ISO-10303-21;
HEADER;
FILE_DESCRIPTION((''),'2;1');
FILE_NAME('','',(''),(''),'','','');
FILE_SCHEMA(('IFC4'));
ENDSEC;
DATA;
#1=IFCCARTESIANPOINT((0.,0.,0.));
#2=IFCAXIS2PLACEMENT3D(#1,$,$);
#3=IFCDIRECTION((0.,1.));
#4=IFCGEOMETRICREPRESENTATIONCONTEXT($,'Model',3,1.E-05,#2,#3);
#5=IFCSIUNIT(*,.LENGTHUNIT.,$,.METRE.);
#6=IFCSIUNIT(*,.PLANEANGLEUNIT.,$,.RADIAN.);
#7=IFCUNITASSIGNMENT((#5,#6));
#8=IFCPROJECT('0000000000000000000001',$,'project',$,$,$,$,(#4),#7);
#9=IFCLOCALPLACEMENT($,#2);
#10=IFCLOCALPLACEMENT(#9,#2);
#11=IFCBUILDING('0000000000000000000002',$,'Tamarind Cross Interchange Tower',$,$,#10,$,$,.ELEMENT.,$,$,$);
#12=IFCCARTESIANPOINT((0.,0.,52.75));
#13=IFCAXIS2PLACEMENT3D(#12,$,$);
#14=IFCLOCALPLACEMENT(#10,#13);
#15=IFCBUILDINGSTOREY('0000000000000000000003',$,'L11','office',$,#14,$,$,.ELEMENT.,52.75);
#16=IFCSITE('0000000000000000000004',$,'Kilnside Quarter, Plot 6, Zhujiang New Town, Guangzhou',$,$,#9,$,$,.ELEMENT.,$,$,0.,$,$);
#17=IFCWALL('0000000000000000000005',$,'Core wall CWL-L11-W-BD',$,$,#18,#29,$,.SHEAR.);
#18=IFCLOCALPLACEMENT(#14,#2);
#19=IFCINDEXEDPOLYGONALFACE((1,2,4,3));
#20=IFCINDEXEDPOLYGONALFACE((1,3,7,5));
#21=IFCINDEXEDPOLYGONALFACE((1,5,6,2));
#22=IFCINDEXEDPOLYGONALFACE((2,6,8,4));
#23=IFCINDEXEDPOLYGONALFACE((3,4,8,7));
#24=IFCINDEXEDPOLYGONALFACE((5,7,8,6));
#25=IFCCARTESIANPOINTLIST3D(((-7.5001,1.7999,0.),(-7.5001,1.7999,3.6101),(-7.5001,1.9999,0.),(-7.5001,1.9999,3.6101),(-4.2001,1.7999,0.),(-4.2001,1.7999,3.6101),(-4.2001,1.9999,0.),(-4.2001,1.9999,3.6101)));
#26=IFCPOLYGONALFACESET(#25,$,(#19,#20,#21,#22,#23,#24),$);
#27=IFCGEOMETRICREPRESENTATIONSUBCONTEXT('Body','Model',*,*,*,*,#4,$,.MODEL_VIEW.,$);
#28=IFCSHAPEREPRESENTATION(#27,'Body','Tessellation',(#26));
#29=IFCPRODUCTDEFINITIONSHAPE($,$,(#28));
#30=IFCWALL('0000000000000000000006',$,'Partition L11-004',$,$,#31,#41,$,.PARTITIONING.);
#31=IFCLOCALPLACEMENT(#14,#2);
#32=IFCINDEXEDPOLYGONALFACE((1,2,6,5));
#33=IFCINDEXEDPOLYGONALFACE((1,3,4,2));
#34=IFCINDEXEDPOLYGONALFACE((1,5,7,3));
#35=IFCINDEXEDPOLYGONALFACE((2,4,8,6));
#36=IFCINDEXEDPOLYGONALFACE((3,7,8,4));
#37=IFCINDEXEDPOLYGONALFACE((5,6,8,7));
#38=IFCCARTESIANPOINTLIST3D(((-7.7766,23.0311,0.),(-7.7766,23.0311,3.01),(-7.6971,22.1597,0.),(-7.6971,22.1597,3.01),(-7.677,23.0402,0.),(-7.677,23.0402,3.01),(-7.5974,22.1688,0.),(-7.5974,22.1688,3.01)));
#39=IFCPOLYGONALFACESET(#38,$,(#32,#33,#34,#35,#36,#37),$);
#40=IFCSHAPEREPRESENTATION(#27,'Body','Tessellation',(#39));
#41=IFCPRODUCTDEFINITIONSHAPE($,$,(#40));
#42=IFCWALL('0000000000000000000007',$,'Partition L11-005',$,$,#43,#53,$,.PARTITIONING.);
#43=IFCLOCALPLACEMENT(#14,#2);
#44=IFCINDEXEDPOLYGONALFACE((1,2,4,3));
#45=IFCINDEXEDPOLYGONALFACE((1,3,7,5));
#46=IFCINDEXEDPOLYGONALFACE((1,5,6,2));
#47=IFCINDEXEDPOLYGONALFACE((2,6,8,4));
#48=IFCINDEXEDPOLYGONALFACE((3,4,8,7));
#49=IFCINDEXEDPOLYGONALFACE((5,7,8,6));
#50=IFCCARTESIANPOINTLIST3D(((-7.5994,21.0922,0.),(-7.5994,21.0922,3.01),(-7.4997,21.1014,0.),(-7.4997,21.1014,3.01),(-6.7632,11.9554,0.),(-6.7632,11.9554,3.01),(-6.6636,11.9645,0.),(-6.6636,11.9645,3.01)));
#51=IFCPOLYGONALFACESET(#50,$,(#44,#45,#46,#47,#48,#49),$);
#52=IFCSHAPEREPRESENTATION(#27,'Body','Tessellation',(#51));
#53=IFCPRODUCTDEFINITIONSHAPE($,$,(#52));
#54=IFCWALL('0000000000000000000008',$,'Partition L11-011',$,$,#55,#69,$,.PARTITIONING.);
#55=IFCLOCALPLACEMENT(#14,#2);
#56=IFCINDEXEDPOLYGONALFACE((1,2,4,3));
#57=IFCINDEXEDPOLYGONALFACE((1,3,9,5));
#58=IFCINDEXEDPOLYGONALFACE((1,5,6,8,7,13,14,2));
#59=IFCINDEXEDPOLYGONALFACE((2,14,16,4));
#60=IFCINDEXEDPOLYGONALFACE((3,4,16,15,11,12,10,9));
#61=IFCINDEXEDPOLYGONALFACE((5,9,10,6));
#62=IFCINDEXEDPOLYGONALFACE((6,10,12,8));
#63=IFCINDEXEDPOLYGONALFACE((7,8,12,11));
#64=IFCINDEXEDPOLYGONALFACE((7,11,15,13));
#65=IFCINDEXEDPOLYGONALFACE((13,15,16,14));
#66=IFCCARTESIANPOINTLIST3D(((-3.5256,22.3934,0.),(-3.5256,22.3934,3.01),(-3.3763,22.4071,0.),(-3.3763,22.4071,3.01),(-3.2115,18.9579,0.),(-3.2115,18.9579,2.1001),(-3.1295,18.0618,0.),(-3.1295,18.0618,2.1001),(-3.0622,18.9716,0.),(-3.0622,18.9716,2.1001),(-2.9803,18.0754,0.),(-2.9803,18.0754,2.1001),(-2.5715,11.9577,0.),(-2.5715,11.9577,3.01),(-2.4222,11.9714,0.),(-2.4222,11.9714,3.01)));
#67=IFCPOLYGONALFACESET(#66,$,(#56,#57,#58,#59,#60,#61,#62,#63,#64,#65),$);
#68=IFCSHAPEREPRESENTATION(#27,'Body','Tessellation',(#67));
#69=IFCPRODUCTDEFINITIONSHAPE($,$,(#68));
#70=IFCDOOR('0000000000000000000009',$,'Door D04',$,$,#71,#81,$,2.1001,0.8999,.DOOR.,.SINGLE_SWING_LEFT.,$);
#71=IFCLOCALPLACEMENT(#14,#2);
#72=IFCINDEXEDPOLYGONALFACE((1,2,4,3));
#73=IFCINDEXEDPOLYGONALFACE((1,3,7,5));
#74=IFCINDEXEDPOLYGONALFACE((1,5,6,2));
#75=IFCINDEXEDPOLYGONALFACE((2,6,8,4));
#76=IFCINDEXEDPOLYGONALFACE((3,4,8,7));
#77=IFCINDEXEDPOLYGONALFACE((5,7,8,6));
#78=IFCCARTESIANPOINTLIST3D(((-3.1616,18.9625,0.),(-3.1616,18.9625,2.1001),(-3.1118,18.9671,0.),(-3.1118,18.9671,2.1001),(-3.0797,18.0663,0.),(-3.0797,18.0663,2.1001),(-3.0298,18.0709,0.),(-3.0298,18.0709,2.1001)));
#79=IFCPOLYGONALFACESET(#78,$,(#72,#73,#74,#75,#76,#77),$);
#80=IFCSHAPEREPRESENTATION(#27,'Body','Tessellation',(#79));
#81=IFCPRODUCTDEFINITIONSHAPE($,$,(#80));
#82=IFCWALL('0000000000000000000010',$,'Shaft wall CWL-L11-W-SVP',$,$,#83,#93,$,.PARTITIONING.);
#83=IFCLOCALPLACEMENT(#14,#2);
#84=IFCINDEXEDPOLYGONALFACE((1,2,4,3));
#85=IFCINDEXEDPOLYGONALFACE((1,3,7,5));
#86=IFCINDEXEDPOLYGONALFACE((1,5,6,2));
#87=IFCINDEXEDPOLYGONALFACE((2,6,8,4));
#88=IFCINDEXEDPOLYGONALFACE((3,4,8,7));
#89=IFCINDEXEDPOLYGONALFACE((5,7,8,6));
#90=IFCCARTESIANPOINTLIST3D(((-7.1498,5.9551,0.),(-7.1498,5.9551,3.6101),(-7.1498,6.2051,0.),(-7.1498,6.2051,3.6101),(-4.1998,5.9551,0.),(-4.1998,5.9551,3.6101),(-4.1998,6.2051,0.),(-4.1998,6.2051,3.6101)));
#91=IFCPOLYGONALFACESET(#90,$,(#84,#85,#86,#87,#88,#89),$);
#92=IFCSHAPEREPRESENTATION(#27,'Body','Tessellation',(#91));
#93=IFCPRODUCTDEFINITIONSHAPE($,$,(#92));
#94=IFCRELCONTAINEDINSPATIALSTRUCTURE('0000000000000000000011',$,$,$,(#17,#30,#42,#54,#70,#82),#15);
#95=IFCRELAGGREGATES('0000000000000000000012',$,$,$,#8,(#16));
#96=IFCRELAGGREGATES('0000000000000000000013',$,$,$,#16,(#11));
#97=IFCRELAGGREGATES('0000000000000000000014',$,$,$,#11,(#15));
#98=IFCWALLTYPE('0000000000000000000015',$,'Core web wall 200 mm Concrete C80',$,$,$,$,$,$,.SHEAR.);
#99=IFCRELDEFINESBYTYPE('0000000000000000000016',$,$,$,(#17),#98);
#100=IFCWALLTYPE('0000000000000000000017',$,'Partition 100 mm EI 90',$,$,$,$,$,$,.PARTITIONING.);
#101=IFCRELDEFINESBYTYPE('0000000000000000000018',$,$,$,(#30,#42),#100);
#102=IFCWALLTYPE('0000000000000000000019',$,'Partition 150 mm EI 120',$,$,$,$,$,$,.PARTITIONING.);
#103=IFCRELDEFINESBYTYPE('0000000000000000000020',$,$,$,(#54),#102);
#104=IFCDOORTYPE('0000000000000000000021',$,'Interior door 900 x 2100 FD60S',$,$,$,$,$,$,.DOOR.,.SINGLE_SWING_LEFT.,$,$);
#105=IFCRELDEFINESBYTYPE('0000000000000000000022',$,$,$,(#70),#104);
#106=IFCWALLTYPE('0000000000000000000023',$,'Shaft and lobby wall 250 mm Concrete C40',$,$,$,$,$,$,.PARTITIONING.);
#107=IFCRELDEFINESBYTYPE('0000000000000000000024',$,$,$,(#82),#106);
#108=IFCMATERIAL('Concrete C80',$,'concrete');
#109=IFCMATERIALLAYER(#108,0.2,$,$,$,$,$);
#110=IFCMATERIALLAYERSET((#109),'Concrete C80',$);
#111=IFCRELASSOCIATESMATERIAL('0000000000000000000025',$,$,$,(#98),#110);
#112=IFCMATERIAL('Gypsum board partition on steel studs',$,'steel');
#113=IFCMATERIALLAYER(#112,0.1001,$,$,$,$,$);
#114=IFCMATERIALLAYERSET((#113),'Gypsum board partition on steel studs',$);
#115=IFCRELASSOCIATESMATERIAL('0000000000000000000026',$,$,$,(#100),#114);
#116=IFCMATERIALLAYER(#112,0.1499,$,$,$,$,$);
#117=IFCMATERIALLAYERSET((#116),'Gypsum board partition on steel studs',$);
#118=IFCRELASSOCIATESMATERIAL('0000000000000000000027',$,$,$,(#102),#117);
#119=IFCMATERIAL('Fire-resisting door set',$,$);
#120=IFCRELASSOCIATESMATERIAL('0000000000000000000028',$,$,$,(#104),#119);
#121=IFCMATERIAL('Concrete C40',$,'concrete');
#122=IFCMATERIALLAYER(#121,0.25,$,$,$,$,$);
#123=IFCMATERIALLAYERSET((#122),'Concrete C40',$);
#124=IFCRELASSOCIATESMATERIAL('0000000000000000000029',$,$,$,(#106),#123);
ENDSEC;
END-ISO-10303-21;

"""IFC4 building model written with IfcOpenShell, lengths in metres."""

from ifc_helpers import new_model, si_unit, direction, frame, frame_2d, origin, place, context, subcontext, project, spatial, rectangle, extrude, material, layer, layer_set, type_object, element, fill, save


model = new_model("IFC4")

# Units and contexts
model_context = context("Model", 3, precision=1e-05, world=origin(), true_north=direction((0.0, 1.0)))
body_context = subcontext(model_context, "Body", "Model", "MODEL_VIEW")
ifc_project = project(units=[si_unit("LENGTHUNIT", "METRE"), si_unit("PLANEANGLEUNIT", "RADIAN")], contexts=[model_context])

# Site, building, storey
site_placement = place(None, origin())
site = spatial("IfcSite", under=ifc_project, at=site_placement, Name="Kilnside Quarter, Plot 6, Zhujiang New Town, Guangzhou", CompositionType="ELEMENT", RefElevation=0.0)
building_placement = place(site_placement, origin())
building = spatial("IfcBuilding", under=site, at=building_placement, Name="Tamarind Cross Interchange Tower", CompositionType="ELEMENT")
storey_placement = place(building_placement, frame((0.0, 0.0, 52.75)))
storey = spatial("IfcBuildingStorey", under=building, at=storey_placement, Name="L11", Description="office", CompositionType="ELEMENT", Elevation=52.75)

# Walls
ifc_material_1 = material(Name="Concrete C80", Category="concrete")
ifc_layer_1 = layer(ifc_material_1, 0.2)
ifc_layer_set_1 = layer_set([ifc_layer_1], Name="Concrete C80")
wall_type_1 = type_object("IfcWallType", Name="Core web wall 200 mm Concrete C80", PredefinedType="SHEAR", material=ifc_layer_set_1)
wall_1_placement = place(storey_placement, frame((-7.5, 1.8999, 0.0), z_axis=(0.0, 0.0, 1.0), x_axis=(1.0, 0.0, 0.0)))
element("IfcWall", 1, at=wall_1_placement, inside=storey, type_object=wall_type_1, Name="Core wall CWL-L11-W-BD", PredefinedType="SHEAR", context=body_context, shape_type="SweptSolid", body=[
    extrude(rectangle(XDim=3.3, YDim=0.2, at=frame_2d((1.6499, 0.0))), origin(), (0.0, 0.0, 1.0), 3.6101),
])
ifc_material_2 = material(Name="Gypsum board partition on steel studs", Category="steel")
ifc_layer_2 = layer(ifc_material_2, 0.1001)
ifc_layer_set_2 = layer_set([ifc_layer_2], Name="Gypsum board partition on steel studs")
wall_type_2 = type_object("IfcWallType", Name="Partition 100 mm EI 90", PredefinedType="PARTITIONING", material=ifc_layer_set_2)
wall_2_placement = place(storey_placement, frame((-7.7268, 23.0356, 0.0), z_axis=(0.0, 0.0, 1.0), x_axis=(0.090963, -0.995854, 0.0)))
element("IfcWall", 2, at=wall_2_placement, inside=storey, type_object=wall_type_2, Name="Partition L11-004", PredefinedType="PARTITIONING", context=body_context, shape_type="SweptSolid", body=[
    extrude(rectangle(XDim=0.875, YDim=0.1001, at=frame_2d((0.4375, 0.0))), origin(), (0.0, 0.0, 1.0), 3.01),
])
wall_3_placement = place(storey_placement, frame((-7.5496, 21.0967, 0.0), z_axis=(0.0, 0.0, 1.0), x_axis=(0.091136, -0.995838, 0.0)))
element("IfcWall", 3, at=wall_3_placement, inside=storey, type_object=wall_type_2, Name="Partition L11-005", PredefinedType="PARTITIONING", context=body_context, shape_type="SweptSolid", body=[
    extrude(rectangle(XDim=9.175, YDim=0.1001, at=frame_2d((4.5874, 0.0))), origin(), (0.0, 0.0, 1.0), 3.01),
])

# Wall, opening, door
ifc_layer_3 = layer(ifc_material_2, 0.1499)
ifc_layer_set_3 = layer_set([ifc_layer_3], Name="Gypsum board partition on steel studs")
wall_type_3 = type_object("IfcWallType", Name="Partition 150 mm EI 120", PredefinedType="PARTITIONING", material=ifc_layer_set_3)
wall_4_placement = place(storey_placement, frame((-3.4509, 22.4004, 0.0), z_axis=(0.0, 0.0, 1.0), x_axis=(0.091046, -0.995847, 0.0)))
wall_4 = element("IfcWall", 4, at=wall_4_placement, inside=storey, type_object=wall_type_3, Name="Partition L11-011", PredefinedType="PARTITIONING", context=body_context, shape_type="SweptSolid", body=[
    extrude(rectangle(XDim=10.4792, YDim=0.1499, at=frame_2d((5.2397, 0.0))), origin(), (0.0, 0.0, 1.0), 3.01),
])
opening_placement = place(wall_4_placement, frame((3.45, 0.0, 0.0)))
opening = element("IfcOpeningElement", 5, at=opening_placement, cuts=wall_4, PredefinedType="OPENING", context=body_context, shape_type="SweptSolid", body=[
    extrude(rectangle(XDim=0.8999, YDim=2.1001, at=frame_2d((0.45, 1.05))), frame((0.0, 0.085, 0.0), z_axis=(0.0, -1.0, 0.0), x_axis=(1.0, 0.0, 0.0)), (0.0, 0.0, 1.0), 0.1699),
])
ifc_material_3 = material(Name="Fire-resisting door set")
door_type = type_object("IfcDoorType", Name="Interior door 900 x 2100 FD60S", OperationType="SINGLE_SWING_LEFT", PredefinedType="DOOR", material=ifc_material_3)
door_placement = place(opening_placement, frame((0.8999, 0.0, 0.0), z_axis=(0.0, 0.0, 1.0), x_axis=(-1.0, 0.0, 0.0)))
door = element("IfcDoor", 6, at=door_placement, inside=storey, type_object=door_type, Name="Door D04", OperationType="SINGLE_SWING_LEFT", OverallHeight=2.1001, OverallWidth=0.8999, PredefinedType="DOOR", context=body_context, shape_type="SweptSolid", body=[
    extrude(rectangle(XDim=0.8999, YDim=2.1001, at=frame_2d((0.45, 1.05))), frame((0.0, 0.0249, 0.0), z_axis=(0.0, -1.0, 0.0), x_axis=(1.0, 0.0, 0.0)), (0.0, 0.0, 1.0), 0.05),
])
fill(opening, door)

# Wall
ifc_material_4 = material(Name="Concrete C40", Category="concrete")
ifc_layer_4 = layer(ifc_material_4, 0.25)
ifc_layer_set_4 = layer_set([ifc_layer_4], Name="Concrete C40")
wall_type_4 = type_object("IfcWallType", Name="Shaft and lobby wall 250 mm Concrete C40", PredefinedType="PARTITIONING", material=ifc_layer_set_4)
wall_5_placement = place(storey_placement, frame((-7.1499, 6.0801, 0.0), z_axis=(0.0, 0.0, 1.0), x_axis=(1.0, 0.0, 0.0)))
element("IfcWall", 7, at=wall_5_placement, inside=storey, type_object=wall_type_4, Name="Shaft wall CWL-L11-W-SVP", PredefinedType="PARTITIONING", context=body_context, shape_type="SweptSolid", body=[
    extrude(rectangle(XDim=2.95, YDim=0.25, at=frame_2d((1.4751, 0.0))), origin(), (0.0, 0.0, 1.0), 3.6101),
])

save(model, "model.ifc")
